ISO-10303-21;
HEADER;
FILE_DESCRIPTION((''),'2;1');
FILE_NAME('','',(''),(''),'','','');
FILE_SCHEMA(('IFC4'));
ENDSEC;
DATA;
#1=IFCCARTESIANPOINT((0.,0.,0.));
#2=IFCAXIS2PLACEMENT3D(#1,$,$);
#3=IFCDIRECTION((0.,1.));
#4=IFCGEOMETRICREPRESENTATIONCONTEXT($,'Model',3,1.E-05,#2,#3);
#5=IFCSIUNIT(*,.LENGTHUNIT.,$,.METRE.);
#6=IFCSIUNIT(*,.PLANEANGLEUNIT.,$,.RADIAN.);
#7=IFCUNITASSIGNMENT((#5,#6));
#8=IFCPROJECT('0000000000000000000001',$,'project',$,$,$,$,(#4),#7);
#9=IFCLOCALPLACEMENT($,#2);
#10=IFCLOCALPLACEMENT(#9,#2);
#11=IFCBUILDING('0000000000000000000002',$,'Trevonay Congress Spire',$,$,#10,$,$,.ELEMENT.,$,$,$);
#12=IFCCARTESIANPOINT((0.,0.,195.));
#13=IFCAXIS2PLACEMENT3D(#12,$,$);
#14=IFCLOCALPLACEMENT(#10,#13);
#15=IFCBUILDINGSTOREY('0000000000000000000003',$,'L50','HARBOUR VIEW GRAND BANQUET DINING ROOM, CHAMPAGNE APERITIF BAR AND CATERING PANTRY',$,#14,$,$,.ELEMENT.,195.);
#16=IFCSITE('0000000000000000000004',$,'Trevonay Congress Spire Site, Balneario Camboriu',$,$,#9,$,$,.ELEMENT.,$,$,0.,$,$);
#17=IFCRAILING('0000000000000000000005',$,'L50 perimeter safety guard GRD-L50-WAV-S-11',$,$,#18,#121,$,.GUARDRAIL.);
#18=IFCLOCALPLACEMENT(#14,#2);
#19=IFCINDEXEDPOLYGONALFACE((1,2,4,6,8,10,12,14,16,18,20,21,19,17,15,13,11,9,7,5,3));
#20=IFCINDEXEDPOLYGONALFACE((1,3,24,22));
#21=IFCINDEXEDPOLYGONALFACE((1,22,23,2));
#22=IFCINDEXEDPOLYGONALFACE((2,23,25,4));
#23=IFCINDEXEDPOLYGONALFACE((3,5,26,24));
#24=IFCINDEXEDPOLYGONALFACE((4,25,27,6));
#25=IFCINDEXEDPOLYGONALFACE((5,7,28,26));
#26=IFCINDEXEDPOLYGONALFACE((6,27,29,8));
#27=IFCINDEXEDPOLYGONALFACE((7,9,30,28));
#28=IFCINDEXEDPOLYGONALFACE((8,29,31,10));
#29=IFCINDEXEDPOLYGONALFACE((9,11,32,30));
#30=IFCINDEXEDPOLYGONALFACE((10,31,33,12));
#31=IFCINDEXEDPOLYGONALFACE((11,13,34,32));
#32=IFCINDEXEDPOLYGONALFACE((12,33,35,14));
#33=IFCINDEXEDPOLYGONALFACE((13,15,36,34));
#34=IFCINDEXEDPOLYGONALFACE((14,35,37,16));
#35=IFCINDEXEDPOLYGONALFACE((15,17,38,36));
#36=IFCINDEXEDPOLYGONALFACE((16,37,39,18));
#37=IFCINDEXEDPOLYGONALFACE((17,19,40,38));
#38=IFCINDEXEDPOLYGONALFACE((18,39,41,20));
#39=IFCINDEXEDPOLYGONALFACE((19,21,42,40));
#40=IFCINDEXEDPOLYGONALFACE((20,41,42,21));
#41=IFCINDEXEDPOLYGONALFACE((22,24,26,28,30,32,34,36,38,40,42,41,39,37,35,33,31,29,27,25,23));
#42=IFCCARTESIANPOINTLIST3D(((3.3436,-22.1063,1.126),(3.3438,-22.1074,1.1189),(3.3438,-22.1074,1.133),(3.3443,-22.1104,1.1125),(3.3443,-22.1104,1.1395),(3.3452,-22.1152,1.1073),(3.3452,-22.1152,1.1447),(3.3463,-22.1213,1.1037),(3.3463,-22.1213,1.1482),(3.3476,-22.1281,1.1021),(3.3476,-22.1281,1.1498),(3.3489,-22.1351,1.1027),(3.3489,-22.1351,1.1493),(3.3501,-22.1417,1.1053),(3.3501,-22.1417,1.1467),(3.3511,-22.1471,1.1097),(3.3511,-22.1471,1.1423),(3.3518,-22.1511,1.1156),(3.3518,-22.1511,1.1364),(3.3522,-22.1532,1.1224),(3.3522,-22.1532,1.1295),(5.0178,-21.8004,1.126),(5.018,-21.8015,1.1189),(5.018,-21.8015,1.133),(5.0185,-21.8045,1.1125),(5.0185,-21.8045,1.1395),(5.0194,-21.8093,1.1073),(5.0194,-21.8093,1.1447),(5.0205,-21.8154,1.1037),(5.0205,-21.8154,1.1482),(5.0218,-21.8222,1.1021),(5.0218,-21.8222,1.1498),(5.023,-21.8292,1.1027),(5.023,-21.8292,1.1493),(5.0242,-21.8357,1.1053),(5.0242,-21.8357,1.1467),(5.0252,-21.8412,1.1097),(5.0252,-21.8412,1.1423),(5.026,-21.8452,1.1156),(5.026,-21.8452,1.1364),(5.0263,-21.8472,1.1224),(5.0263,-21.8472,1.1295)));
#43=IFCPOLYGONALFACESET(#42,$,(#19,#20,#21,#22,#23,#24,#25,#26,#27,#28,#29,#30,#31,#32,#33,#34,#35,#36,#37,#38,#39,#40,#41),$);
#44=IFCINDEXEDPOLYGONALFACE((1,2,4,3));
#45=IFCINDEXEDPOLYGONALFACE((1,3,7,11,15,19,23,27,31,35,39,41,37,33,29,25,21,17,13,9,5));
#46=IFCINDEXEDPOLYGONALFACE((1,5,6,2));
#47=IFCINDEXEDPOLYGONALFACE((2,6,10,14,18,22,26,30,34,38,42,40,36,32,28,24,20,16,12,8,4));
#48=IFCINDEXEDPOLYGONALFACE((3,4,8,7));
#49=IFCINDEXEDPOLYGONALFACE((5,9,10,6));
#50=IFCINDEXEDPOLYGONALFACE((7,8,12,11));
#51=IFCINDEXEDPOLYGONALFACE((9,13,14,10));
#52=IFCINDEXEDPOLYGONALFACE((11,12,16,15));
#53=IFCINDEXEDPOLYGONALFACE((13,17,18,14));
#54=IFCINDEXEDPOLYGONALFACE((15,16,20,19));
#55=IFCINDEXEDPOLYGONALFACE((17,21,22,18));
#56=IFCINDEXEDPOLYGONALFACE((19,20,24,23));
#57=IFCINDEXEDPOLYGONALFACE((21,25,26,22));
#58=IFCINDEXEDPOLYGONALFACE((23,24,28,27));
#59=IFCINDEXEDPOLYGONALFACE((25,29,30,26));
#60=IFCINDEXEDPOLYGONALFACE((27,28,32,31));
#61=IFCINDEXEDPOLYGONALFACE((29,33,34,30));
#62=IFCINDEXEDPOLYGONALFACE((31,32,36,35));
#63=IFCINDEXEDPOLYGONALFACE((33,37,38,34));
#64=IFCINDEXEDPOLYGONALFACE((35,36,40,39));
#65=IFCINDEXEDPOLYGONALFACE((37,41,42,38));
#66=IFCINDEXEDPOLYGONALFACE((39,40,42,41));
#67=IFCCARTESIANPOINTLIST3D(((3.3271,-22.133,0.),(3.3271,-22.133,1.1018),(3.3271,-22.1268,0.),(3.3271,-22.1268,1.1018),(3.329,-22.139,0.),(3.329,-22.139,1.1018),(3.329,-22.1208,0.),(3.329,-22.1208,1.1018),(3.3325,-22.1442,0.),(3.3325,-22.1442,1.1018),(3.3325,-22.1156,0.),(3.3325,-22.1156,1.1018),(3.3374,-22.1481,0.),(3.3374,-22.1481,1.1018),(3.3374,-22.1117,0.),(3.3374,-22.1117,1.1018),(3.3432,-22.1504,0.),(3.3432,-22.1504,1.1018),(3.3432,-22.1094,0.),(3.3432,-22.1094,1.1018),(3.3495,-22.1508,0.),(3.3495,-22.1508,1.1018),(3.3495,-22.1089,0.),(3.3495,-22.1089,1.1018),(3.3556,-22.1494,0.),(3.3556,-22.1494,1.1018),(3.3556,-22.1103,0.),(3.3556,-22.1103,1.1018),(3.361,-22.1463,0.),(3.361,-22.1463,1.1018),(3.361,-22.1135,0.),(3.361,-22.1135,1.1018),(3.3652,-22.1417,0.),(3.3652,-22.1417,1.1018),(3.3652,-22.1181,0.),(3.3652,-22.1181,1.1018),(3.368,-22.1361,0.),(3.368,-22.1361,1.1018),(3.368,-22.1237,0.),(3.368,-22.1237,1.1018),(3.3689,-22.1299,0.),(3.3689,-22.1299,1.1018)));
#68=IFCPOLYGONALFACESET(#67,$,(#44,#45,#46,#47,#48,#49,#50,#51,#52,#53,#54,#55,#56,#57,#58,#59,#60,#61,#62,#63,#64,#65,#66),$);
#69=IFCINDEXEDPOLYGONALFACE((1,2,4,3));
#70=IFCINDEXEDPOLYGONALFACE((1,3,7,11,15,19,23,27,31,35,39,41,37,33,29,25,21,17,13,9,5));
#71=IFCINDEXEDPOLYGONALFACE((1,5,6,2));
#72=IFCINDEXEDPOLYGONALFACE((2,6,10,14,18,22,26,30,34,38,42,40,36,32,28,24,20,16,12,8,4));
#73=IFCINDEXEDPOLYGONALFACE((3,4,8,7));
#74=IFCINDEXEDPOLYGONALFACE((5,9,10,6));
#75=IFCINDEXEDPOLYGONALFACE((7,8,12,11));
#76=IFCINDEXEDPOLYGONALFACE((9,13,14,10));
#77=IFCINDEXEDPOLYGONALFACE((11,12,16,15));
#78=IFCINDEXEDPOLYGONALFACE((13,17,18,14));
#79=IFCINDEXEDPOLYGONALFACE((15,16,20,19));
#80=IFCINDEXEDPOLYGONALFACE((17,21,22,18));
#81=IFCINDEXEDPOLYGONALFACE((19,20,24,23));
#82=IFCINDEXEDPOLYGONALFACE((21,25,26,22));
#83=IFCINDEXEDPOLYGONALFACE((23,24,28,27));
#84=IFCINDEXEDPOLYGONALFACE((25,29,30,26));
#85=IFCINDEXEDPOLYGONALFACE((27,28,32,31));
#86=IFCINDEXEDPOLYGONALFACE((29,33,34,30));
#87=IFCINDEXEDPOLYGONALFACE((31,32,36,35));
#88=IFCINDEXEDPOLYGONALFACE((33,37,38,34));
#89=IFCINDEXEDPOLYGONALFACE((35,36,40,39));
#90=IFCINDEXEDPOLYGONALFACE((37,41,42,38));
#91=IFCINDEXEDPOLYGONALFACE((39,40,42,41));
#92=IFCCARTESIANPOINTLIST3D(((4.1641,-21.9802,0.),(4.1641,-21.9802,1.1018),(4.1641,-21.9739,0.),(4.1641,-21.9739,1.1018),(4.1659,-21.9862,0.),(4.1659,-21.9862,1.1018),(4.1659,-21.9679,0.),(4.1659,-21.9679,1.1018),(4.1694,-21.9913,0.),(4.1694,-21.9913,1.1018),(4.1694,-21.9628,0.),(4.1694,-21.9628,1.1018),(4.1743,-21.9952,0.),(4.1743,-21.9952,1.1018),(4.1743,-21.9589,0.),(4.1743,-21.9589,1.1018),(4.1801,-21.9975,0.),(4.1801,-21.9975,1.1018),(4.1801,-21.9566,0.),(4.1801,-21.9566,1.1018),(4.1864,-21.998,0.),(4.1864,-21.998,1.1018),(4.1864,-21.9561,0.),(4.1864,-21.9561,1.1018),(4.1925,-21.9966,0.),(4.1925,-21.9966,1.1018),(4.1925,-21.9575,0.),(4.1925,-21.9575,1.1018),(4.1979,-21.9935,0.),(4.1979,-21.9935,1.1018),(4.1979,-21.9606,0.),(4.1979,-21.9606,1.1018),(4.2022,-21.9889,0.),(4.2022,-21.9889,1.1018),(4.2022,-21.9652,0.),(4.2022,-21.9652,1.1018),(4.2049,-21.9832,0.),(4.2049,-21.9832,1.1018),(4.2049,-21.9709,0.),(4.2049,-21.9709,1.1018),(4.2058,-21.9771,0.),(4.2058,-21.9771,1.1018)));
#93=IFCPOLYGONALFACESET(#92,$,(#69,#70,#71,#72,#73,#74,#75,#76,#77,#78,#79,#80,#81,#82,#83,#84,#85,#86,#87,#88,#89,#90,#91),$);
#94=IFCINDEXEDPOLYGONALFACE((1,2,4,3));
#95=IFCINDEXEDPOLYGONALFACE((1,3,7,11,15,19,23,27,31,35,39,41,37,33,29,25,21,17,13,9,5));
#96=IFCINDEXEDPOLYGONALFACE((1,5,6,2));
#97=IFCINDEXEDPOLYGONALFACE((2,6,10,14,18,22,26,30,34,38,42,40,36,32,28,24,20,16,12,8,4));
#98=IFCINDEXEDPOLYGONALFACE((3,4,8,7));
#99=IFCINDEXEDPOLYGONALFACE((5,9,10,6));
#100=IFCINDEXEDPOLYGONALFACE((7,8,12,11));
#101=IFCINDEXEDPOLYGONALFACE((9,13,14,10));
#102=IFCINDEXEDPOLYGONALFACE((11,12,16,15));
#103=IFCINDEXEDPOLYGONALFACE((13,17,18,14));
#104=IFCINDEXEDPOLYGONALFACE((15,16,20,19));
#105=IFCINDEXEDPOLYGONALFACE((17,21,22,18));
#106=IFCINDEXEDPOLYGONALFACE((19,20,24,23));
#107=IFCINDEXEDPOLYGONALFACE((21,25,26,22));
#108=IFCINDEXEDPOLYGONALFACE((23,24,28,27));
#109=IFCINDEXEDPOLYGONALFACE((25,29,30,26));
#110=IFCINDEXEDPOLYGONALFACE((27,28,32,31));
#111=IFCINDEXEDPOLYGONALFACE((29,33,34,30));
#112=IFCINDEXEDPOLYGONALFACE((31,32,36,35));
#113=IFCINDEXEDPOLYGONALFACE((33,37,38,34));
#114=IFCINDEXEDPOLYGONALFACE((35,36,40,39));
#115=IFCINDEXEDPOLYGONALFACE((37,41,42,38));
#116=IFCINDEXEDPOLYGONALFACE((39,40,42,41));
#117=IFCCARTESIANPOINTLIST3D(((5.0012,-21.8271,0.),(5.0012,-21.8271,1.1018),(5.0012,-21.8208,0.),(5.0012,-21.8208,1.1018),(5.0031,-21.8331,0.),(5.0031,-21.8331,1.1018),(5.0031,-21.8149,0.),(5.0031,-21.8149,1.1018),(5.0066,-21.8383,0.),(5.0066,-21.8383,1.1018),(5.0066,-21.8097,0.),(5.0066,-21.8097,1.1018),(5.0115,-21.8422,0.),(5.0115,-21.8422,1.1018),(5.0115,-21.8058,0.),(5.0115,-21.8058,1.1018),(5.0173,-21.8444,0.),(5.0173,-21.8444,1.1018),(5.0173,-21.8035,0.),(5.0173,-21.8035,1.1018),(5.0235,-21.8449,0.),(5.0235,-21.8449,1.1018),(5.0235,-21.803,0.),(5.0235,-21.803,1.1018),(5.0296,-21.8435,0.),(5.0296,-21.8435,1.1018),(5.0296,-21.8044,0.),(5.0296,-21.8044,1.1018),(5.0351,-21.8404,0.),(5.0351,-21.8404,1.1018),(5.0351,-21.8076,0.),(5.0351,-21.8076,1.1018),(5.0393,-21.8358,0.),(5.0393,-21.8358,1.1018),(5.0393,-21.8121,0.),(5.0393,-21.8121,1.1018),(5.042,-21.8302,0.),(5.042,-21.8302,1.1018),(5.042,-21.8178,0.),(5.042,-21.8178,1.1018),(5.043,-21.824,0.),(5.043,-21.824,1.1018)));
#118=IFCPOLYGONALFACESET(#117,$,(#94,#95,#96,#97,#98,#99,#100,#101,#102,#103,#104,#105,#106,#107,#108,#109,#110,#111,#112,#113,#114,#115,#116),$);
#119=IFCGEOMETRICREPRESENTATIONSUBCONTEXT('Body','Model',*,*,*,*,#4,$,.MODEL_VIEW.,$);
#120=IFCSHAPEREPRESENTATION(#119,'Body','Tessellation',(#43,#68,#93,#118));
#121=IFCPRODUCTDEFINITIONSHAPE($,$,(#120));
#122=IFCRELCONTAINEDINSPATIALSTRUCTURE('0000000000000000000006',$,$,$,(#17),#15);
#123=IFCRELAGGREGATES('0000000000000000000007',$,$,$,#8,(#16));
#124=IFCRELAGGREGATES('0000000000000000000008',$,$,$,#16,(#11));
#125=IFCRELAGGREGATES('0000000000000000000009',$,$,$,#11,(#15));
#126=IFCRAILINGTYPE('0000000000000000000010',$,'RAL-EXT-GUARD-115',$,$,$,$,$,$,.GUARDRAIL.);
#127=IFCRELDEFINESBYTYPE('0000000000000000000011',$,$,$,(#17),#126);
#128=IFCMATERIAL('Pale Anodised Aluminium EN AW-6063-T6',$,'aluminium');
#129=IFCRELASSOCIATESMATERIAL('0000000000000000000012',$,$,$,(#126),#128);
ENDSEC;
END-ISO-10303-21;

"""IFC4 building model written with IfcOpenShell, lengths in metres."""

from ifc_helpers import new_model, si_unit, direction, frame, origin, origin_2d, place, context, subcontext, project, spatial, circle, extrude, material, type_object, element, save


model = new_model("IFC4")

# Units and contexts
model_context = context("Model", 3, precision=1e-05, world=origin(), true_north=direction((0.0, 1.0)))
body_context = subcontext(model_context, "Body", "Model", "MODEL_VIEW")
ifc_project = project(units=[si_unit("LENGTHUNIT", "METRE"), si_unit("PLANEANGLEUNIT", "RADIAN")], contexts=[model_context])

# Site, building, storey
site_placement = place(None, origin())
site = spatial("IfcSite", under=ifc_project, at=site_placement, Name="Trevonay Congress Spire Site, Balneario Camboriu", CompositionType="ELEMENT", RefElevation=0.0)
building_placement = place(site_placement, origin())
building = spatial("IfcBuilding", under=site, at=building_placement, Name="Trevonay Congress Spire", CompositionType="ELEMENT")
storey_placement = place(building_placement, frame((0.0, 0.0, 195.0)))
storey = spatial("IfcBuildingStorey", under=building, at=storey_placement, Name="L50", Description="HARBOUR VIEW GRAND BANQUET DINING ROOM, CHAMPAGNE APERITIF BAR AND CATERING PANTRY", CompositionType="ELEMENT", Elevation=195.0)

# Shared definitions
ifc_material_1 = material(Name="Pale Anodised Aluminium EN AW-6063-T6", Category="aluminium")

# Railing
railing_type = type_object("IfcRailingType", Name="RAL-EXT-GUARD-115", PredefinedType="GUARDRAIL", material=ifc_material_1)
railing_1_placement = place(storey_placement, frame((3.3479, -22.1299, 0.0)))
element("IfcRailing", 1, at=railing_1_placement, inside=storey, type_object=railing_type, Name="L50 perimeter safety guard GRD-L50-WAV-S-11", PredefinedType="GUARDRAIL", context=body_context, shape_type="SweptSolid", body=[
    extrude(circle(Radius=0.0239, at=origin_2d()), frame((0.0, 0.0, 1.126), z_axis=(0.983711, 0.179756, 0.0), x_axis=(-0.179756, 0.983711, 0.0)), (0.0, 0.0, 1.0), 1.7019),
    extrude(circle(Radius=0.021, at=origin_2d()), origin(), (0.0, 0.0, 1.0), 1.1018),
    extrude(circle(Radius=0.021, at=origin_2d()), frame((0.8369, 0.1528, 0.0)), (0.0, 0.0, 1.0), 1.1018),
    extrude(circle(Radius=0.021, at=origin_2d()), frame((1.6741, 0.3059, 0.0)), (0.0, 0.0, 1.0), 1.1018),
])

save(model, "model.ifc")
